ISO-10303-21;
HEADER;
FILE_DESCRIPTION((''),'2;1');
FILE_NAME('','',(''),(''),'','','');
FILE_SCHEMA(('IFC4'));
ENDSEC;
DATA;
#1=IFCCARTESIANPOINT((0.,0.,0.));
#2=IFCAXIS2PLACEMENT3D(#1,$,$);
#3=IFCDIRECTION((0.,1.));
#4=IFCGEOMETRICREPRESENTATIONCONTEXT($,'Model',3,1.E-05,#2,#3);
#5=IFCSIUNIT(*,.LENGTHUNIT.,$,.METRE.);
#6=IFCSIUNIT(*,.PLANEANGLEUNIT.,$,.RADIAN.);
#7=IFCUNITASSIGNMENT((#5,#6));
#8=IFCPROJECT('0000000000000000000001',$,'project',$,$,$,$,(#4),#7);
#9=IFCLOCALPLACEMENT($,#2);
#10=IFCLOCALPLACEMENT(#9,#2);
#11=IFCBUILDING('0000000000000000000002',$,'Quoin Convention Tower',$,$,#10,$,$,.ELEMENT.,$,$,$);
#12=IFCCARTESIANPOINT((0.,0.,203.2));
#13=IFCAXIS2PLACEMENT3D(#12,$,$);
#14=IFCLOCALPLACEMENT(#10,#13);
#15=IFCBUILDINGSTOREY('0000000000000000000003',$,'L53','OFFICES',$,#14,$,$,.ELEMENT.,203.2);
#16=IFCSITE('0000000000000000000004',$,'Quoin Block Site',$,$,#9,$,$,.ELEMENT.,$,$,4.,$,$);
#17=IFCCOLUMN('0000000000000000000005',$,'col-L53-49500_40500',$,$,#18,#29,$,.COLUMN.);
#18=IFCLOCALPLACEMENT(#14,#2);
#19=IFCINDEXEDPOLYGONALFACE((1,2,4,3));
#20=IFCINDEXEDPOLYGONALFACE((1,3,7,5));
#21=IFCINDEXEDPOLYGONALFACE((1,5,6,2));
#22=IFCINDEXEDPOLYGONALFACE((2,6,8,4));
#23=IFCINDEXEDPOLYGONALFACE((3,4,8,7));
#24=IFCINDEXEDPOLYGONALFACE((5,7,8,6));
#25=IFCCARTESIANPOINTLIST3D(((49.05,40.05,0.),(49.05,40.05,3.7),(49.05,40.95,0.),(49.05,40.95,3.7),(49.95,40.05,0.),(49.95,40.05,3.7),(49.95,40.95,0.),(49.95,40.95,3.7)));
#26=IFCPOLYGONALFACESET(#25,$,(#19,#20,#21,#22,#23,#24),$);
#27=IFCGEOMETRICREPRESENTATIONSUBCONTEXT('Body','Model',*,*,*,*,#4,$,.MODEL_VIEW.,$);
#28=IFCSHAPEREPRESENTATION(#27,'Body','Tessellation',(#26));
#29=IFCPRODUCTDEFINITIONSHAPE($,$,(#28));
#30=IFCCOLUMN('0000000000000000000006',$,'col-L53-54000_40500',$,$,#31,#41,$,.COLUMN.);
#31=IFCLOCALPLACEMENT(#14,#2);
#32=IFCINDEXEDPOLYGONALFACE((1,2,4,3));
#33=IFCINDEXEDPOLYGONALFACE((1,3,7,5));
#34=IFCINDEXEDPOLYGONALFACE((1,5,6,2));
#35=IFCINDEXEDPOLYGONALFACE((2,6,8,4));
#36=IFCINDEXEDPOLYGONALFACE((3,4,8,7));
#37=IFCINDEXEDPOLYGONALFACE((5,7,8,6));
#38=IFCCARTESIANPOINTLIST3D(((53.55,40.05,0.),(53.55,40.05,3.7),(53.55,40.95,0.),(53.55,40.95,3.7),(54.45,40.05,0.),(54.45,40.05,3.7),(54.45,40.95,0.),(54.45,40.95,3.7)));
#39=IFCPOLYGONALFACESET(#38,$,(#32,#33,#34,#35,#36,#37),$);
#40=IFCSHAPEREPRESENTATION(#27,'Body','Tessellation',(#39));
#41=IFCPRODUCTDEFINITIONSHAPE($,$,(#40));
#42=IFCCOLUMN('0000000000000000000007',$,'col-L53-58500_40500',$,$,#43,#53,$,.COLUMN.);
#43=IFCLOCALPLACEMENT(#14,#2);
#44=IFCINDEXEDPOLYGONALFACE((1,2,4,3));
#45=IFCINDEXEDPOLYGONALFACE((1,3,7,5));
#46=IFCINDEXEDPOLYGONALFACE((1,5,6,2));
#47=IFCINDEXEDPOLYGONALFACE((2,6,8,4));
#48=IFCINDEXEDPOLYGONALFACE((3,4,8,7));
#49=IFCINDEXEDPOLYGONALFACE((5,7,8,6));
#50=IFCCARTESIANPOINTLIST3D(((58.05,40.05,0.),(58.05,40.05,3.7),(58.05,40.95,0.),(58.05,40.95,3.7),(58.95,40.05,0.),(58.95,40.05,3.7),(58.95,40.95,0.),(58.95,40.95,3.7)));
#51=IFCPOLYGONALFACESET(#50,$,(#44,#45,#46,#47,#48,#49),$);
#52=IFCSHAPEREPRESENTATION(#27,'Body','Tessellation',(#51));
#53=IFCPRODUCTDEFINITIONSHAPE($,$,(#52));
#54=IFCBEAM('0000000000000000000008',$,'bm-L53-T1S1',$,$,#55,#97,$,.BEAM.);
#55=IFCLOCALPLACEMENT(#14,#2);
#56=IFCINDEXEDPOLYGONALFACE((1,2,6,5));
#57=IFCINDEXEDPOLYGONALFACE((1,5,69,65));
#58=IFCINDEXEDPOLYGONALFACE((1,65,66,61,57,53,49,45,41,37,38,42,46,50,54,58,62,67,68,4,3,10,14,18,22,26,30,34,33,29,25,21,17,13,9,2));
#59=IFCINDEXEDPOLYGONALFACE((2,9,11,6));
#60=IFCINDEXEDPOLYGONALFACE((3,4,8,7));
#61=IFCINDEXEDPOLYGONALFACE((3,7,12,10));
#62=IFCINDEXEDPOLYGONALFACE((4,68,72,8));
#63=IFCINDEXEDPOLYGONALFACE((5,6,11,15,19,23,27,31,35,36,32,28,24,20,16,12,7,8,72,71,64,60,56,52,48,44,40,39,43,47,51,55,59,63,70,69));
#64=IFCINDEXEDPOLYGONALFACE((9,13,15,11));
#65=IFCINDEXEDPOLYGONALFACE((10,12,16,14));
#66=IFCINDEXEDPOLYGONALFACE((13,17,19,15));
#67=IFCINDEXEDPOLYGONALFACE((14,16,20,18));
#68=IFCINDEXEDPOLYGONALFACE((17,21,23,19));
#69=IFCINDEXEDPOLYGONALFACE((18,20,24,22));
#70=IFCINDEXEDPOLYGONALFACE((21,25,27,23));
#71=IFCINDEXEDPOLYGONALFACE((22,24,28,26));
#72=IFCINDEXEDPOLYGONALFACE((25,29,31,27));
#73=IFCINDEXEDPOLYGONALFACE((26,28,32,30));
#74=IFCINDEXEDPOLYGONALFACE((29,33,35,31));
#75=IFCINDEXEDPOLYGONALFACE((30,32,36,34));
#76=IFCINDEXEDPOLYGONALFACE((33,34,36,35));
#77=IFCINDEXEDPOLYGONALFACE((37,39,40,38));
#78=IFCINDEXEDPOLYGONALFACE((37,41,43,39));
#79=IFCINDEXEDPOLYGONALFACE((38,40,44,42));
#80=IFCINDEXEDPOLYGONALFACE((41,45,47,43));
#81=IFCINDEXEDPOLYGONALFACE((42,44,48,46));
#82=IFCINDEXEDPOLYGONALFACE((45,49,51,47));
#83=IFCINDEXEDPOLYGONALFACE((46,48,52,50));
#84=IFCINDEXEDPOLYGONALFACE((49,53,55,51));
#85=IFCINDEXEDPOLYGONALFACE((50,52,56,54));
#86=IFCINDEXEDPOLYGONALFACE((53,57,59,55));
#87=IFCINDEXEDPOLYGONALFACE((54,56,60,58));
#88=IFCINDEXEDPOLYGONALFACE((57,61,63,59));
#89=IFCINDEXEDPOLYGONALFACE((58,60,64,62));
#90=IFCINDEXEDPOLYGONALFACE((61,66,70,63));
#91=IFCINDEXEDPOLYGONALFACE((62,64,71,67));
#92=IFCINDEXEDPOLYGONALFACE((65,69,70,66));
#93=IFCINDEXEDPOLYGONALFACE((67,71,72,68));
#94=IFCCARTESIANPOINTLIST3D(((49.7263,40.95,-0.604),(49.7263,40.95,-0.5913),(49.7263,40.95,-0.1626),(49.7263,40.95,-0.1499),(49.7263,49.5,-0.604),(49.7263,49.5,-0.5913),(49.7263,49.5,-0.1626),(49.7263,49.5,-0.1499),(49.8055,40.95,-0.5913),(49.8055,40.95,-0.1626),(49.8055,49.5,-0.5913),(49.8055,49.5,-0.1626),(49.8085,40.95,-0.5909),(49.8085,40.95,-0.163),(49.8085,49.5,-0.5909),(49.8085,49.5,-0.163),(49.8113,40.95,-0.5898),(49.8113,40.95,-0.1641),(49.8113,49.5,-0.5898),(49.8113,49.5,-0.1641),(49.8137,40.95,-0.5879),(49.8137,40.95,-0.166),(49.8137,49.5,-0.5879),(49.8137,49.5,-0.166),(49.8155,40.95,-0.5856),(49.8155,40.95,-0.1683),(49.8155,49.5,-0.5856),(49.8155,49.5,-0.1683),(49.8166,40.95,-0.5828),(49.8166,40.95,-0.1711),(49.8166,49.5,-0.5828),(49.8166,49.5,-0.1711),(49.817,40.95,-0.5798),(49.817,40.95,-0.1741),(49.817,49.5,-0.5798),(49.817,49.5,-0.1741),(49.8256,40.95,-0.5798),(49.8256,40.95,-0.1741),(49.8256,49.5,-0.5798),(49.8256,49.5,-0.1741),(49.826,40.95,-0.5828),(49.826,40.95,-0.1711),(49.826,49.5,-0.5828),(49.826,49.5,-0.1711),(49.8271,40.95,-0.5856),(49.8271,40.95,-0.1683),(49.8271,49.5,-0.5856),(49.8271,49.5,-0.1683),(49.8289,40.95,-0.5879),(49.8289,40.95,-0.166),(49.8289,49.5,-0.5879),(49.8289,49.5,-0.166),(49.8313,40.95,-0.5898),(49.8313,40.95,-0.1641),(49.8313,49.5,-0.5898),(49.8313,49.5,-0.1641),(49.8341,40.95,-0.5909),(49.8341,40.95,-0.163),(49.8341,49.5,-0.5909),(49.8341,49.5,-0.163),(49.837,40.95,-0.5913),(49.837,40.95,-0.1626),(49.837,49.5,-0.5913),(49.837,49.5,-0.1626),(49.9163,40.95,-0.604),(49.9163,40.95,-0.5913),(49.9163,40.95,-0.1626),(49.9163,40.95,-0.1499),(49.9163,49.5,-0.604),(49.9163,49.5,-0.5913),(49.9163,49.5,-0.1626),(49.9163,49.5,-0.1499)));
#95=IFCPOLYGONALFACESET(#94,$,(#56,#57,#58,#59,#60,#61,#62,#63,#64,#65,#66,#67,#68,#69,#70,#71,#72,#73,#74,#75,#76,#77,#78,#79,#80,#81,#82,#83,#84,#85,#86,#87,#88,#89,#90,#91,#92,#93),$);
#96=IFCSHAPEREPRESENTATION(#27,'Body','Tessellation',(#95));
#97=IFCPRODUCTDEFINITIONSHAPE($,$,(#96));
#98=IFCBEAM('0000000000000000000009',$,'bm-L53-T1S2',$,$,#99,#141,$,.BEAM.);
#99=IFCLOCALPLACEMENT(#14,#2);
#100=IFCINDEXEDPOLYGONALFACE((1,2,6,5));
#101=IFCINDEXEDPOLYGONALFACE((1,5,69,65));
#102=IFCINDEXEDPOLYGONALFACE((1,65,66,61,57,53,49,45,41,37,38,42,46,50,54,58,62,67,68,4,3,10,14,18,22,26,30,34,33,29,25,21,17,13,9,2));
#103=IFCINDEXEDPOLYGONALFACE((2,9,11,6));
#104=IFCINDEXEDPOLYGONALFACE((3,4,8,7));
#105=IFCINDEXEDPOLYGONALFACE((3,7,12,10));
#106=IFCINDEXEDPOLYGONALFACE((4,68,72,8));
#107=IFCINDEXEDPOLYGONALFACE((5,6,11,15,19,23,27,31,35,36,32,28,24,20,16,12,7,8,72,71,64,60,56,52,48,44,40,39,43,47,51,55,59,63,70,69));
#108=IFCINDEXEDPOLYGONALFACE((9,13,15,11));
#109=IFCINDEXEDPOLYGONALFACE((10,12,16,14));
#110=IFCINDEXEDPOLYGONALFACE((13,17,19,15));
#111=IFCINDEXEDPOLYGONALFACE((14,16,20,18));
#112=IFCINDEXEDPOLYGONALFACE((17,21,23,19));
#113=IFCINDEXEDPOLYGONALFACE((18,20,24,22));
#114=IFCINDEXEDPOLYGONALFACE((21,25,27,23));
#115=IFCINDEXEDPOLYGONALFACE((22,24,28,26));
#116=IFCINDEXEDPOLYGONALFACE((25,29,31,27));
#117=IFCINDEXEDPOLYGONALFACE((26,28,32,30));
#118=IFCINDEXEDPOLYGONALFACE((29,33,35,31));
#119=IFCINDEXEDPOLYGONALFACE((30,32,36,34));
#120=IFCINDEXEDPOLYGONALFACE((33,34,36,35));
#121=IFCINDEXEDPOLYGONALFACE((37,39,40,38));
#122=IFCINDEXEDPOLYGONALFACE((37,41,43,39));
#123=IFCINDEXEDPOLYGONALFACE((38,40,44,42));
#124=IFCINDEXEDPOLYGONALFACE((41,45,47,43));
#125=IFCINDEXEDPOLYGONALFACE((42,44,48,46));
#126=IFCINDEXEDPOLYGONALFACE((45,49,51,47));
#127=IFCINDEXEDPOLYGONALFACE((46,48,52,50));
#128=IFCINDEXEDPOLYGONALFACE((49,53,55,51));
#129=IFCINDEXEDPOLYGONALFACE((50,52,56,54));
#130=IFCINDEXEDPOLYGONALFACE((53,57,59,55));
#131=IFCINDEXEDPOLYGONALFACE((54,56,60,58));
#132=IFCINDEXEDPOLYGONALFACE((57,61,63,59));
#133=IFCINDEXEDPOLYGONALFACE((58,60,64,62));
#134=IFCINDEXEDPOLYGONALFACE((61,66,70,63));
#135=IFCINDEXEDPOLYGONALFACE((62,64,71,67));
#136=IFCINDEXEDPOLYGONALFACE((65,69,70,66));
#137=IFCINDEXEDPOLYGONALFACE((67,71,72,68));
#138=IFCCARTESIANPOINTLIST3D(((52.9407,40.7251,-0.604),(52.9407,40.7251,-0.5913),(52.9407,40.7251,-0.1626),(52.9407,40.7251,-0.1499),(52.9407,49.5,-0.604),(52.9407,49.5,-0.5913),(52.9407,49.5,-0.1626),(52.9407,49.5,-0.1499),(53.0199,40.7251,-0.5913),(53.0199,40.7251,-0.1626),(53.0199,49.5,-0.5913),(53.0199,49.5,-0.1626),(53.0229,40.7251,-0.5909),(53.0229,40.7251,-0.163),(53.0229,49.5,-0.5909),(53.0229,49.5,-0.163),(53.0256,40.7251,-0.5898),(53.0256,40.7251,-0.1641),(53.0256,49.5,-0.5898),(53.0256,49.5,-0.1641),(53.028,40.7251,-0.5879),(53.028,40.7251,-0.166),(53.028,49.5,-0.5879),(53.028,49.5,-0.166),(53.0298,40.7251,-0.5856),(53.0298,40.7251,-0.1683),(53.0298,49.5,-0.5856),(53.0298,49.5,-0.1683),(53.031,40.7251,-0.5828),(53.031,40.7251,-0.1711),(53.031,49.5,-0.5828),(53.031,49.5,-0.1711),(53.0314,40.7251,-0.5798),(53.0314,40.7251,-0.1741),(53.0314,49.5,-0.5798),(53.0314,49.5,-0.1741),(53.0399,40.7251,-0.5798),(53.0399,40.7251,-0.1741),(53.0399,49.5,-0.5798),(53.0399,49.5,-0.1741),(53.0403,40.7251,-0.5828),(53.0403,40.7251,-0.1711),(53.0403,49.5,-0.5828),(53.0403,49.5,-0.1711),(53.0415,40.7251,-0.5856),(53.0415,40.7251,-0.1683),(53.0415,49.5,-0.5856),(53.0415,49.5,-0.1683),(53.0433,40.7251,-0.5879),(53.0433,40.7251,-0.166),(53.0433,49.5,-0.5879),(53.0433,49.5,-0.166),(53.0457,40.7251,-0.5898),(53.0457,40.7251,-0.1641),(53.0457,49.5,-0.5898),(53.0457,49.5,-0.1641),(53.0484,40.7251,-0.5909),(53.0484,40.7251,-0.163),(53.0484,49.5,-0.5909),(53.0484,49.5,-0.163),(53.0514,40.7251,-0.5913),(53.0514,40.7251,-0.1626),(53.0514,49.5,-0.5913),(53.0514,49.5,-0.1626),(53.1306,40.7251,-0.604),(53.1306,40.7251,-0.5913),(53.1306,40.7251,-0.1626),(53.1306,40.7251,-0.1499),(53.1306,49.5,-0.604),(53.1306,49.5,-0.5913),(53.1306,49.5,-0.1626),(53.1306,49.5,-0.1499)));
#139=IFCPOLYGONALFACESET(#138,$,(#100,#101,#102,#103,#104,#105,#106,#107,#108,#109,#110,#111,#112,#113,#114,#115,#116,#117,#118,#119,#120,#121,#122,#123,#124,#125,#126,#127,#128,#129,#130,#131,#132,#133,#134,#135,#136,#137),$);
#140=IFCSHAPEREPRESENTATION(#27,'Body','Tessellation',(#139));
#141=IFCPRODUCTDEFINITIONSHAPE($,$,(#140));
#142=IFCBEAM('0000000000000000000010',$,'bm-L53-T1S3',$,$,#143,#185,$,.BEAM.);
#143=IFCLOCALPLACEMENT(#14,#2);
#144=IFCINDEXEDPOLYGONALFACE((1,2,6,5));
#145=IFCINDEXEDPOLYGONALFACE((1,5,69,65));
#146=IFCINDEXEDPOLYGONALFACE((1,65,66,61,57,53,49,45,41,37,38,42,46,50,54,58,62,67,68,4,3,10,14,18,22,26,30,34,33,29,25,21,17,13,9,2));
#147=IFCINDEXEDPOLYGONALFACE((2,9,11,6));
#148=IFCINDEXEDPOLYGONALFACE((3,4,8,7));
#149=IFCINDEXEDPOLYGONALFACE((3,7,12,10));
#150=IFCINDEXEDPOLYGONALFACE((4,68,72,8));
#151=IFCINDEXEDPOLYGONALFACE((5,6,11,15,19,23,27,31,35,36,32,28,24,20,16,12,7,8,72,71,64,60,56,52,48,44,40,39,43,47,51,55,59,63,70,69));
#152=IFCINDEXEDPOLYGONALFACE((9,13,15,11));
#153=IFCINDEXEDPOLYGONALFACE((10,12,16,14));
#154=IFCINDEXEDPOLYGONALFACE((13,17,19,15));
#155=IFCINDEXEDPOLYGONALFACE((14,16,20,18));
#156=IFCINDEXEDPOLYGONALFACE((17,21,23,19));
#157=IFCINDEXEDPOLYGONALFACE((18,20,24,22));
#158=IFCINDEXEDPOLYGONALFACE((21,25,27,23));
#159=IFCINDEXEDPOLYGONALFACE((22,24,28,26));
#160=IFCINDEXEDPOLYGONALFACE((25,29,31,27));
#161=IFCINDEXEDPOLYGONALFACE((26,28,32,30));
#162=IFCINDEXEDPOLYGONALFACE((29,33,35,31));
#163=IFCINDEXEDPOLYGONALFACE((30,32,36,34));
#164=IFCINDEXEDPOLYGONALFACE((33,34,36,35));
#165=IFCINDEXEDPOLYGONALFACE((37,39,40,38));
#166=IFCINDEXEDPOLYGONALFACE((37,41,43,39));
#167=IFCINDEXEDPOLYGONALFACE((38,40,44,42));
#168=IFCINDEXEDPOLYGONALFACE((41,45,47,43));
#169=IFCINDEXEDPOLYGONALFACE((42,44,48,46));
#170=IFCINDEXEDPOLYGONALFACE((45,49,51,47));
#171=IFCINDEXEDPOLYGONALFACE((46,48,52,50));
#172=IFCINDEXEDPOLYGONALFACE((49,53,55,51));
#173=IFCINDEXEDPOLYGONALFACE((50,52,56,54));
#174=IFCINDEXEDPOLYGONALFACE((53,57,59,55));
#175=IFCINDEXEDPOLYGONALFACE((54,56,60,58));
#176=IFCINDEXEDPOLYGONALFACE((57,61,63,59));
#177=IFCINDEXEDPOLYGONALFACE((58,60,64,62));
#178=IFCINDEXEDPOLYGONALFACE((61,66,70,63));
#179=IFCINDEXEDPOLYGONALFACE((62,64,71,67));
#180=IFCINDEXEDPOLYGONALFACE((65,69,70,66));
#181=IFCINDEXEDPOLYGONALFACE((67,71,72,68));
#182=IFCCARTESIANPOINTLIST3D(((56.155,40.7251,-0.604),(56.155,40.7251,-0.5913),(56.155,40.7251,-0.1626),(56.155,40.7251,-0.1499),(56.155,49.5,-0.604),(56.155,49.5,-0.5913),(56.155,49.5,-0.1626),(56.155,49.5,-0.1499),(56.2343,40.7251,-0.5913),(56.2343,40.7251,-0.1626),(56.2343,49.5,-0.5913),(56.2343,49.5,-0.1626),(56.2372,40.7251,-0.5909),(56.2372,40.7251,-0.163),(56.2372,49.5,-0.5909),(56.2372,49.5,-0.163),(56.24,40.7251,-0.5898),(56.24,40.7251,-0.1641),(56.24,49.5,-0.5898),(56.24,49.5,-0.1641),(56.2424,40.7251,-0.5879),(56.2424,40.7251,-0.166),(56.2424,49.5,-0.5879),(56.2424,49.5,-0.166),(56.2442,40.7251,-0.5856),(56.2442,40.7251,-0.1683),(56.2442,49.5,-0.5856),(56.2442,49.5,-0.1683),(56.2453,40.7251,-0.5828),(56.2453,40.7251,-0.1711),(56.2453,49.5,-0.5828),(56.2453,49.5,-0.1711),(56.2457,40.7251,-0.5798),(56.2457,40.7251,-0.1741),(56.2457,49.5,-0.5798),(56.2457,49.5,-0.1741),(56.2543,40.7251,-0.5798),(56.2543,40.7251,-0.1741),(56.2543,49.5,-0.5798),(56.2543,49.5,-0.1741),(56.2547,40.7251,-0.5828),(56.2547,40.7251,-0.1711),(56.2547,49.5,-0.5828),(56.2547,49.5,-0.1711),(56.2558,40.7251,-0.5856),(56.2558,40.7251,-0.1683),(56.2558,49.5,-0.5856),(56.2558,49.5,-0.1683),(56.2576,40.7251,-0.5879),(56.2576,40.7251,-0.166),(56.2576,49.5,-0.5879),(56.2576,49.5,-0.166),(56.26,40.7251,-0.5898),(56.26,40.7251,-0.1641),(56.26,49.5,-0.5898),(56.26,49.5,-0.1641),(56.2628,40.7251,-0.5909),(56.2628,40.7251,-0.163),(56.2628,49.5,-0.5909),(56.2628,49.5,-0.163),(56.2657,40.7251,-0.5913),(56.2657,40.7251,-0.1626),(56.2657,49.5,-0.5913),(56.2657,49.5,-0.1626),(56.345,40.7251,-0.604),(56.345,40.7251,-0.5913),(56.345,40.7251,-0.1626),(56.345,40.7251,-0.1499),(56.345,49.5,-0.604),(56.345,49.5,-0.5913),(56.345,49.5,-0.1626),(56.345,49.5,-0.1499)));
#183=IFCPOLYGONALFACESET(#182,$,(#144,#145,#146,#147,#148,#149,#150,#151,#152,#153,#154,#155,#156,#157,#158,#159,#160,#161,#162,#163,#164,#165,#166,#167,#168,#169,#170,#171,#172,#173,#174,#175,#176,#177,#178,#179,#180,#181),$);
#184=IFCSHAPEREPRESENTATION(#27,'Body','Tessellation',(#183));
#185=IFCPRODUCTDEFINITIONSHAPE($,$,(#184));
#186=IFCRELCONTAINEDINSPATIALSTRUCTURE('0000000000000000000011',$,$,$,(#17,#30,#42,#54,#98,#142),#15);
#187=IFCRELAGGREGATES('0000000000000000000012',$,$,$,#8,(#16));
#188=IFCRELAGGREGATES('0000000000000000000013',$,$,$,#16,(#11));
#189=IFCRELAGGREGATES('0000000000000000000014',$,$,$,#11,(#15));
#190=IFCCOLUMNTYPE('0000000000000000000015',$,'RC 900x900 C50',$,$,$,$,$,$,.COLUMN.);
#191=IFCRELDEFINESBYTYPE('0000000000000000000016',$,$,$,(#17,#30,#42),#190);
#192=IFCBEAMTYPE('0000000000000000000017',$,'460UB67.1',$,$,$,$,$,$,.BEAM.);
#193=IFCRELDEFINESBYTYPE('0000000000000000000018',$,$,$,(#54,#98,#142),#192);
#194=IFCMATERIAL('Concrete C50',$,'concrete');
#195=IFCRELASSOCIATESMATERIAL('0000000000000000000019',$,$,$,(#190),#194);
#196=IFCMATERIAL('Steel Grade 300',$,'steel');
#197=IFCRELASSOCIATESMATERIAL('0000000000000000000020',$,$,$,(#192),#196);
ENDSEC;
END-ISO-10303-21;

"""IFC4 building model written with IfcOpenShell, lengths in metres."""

from ifc_helpers import new_model, si_unit, direction, frame, origin, origin_2d, place, context, subcontext, project, spatial, rectangle, i_section, extrude, material, material_profile, profile_set, type_object, element, save


model = new_model("IFC4")

# Units and contexts
model_context = context("Model", 3, precision=1e-05, world=origin(), true_north=direction((0.0, 1.0)))
body_context = subcontext(model_context, "Body", "Model", "MODEL_VIEW")
ifc_project = project(units=[si_unit("LENGTHUNIT", "METRE"), si_unit("PLANEANGLEUNIT", "RADIAN")], contexts=[model_context])

# Site, building, storey
site_placement = place(None, origin())
site = spatial("IfcSite", under=ifc_project, at=site_placement, Name="Quoin Block Site", CompositionType="ELEMENT", RefElevation=4.0)
building_placement = place(site_placement, origin())
building = spatial("IfcBuilding", under=site, at=building_placement, Name="Quoin Convention Tower", CompositionType="ELEMENT")
storey_placement = place(building_placement, frame((0.0, 0.0, 203.2)))
storey = spatial("IfcBuildingStorey", under=building, at=storey_placement, Name="L53", Description="OFFICES", CompositionType="ELEMENT", Elevation=203.2)

# Columns
ifc_material_1 = material(Name="Concrete C50", Category="concrete")
ifc_material_profile_1 = material_profile(ifc_material_1, rectangle(XDim=0.8999, YDim=0.8999, at=origin_2d()), Name="RC 900x900")
ifc_profile_set_1 = profile_set([ifc_material_profile_1], Name="Concrete C50")
column_type = type_object("IfcColumnType", Name="RC 900x900 C50", PredefinedType="COLUMN", material=ifc_profile_set_1)
for number, where, z_axis, x_axis, name in (
    (1, (49.5, 40.5, 0.0), (0.0, 0.0, 1.0), (1.0, 0.0, 0.0), "col-L53-49500_40500"),
    (2, (54.0, 40.5, 0.0), (0.0, 0.0, 1.0), (1.0, 0.0, 0.0), "col-L53-54000_40500"),
    (3, (58.5, 40.5, 0.0), (0.0, 0.0, 1.0), (1.0, 0.0, 0.0), "col-L53-58500_40500"),
):
    element("IfcColumn", number, at=place(storey_placement, frame(where, z_axis=z_axis, x_axis=x_axis)), inside=storey, type_object=column_type, Name=name, PredefinedType="COLUMN", context=body_context, shape_type="SweptSolid", body=[
        extrude(rectangle(XDim=0.8999, YDim=0.8999, at=origin_2d()), origin(), (0.0, 0.0, 1.0), 3.7),
    ])

# Beams
ifc_material_2 = material(Name="Steel Grade 300", Category="steel")
ifc_material_profile_2 = material_profile(ifc_material_2, i_section(OverallWidth=0.1899, OverallDepth=0.4541, WebThickness=0.0085, FlangeThickness=0.0127, FilletRadius=0.0115, at=origin_2d()), Name="460UB67.1")
ifc_profile_set_2 = profile_set([ifc_material_profile_2], Name="Steel Grade 300")
beam_type_1 = type_object("IfcBeamType", Name="460UB67.1", PredefinedType="BEAM", material=ifc_profile_set_2)
beam_placement = place(storey_placement, frame((49.8213, 40.95, -0.377), z_axis=(0.0, 1.0, 0.0), x_axis=(-1.0, 0.0, 0.0)))
element("IfcBeam", 4, at=beam_placement, inside=storey, type_object=beam_type_1, Name="bm-L53-T1S1", PredefinedType="BEAM", context=body_context, shape_type="SweptSolid", body=[
    extrude(i_section(OverallWidth=0.1899, OverallDepth=0.4541, WebThickness=0.0085, FlangeThickness=0.0127, FilletRadius=0.0115, at=origin_2d()), origin(), (0.0, 0.0, 1.0), 8.55),
])
for number, where, z_axis, x_axis, name in (
    (5, (53.0356, 40.7251, -0.377), (0.0, 1.0, 0.0), (-1.0, 0.0, 0.0), "bm-L53-T1S2"),
    (6, (56.25, 40.7251, -0.377), (0.0, 1.0, 0.0), (-1.0, 0.0, 0.0), "bm-L53-T1S3"),
):
    element("IfcBeam", number, at=place(storey_placement, frame(where, z_axis=z_axis, x_axis=x_axis)), inside=storey, type_object=beam_type_1, Name=name, PredefinedType="BEAM", context=body_context, shape_type="SweptSolid", body=[
        extrude(i_section(OverallWidth=0.1899, OverallDepth=0.4541, WebThickness=0.0085, FlangeThickness=0.0127, FilletRadius=0.0115, at=origin_2d()), origin(), (0.0, 0.0, 1.0), 8.7749),
    ])

save(model, "model.ifc")
